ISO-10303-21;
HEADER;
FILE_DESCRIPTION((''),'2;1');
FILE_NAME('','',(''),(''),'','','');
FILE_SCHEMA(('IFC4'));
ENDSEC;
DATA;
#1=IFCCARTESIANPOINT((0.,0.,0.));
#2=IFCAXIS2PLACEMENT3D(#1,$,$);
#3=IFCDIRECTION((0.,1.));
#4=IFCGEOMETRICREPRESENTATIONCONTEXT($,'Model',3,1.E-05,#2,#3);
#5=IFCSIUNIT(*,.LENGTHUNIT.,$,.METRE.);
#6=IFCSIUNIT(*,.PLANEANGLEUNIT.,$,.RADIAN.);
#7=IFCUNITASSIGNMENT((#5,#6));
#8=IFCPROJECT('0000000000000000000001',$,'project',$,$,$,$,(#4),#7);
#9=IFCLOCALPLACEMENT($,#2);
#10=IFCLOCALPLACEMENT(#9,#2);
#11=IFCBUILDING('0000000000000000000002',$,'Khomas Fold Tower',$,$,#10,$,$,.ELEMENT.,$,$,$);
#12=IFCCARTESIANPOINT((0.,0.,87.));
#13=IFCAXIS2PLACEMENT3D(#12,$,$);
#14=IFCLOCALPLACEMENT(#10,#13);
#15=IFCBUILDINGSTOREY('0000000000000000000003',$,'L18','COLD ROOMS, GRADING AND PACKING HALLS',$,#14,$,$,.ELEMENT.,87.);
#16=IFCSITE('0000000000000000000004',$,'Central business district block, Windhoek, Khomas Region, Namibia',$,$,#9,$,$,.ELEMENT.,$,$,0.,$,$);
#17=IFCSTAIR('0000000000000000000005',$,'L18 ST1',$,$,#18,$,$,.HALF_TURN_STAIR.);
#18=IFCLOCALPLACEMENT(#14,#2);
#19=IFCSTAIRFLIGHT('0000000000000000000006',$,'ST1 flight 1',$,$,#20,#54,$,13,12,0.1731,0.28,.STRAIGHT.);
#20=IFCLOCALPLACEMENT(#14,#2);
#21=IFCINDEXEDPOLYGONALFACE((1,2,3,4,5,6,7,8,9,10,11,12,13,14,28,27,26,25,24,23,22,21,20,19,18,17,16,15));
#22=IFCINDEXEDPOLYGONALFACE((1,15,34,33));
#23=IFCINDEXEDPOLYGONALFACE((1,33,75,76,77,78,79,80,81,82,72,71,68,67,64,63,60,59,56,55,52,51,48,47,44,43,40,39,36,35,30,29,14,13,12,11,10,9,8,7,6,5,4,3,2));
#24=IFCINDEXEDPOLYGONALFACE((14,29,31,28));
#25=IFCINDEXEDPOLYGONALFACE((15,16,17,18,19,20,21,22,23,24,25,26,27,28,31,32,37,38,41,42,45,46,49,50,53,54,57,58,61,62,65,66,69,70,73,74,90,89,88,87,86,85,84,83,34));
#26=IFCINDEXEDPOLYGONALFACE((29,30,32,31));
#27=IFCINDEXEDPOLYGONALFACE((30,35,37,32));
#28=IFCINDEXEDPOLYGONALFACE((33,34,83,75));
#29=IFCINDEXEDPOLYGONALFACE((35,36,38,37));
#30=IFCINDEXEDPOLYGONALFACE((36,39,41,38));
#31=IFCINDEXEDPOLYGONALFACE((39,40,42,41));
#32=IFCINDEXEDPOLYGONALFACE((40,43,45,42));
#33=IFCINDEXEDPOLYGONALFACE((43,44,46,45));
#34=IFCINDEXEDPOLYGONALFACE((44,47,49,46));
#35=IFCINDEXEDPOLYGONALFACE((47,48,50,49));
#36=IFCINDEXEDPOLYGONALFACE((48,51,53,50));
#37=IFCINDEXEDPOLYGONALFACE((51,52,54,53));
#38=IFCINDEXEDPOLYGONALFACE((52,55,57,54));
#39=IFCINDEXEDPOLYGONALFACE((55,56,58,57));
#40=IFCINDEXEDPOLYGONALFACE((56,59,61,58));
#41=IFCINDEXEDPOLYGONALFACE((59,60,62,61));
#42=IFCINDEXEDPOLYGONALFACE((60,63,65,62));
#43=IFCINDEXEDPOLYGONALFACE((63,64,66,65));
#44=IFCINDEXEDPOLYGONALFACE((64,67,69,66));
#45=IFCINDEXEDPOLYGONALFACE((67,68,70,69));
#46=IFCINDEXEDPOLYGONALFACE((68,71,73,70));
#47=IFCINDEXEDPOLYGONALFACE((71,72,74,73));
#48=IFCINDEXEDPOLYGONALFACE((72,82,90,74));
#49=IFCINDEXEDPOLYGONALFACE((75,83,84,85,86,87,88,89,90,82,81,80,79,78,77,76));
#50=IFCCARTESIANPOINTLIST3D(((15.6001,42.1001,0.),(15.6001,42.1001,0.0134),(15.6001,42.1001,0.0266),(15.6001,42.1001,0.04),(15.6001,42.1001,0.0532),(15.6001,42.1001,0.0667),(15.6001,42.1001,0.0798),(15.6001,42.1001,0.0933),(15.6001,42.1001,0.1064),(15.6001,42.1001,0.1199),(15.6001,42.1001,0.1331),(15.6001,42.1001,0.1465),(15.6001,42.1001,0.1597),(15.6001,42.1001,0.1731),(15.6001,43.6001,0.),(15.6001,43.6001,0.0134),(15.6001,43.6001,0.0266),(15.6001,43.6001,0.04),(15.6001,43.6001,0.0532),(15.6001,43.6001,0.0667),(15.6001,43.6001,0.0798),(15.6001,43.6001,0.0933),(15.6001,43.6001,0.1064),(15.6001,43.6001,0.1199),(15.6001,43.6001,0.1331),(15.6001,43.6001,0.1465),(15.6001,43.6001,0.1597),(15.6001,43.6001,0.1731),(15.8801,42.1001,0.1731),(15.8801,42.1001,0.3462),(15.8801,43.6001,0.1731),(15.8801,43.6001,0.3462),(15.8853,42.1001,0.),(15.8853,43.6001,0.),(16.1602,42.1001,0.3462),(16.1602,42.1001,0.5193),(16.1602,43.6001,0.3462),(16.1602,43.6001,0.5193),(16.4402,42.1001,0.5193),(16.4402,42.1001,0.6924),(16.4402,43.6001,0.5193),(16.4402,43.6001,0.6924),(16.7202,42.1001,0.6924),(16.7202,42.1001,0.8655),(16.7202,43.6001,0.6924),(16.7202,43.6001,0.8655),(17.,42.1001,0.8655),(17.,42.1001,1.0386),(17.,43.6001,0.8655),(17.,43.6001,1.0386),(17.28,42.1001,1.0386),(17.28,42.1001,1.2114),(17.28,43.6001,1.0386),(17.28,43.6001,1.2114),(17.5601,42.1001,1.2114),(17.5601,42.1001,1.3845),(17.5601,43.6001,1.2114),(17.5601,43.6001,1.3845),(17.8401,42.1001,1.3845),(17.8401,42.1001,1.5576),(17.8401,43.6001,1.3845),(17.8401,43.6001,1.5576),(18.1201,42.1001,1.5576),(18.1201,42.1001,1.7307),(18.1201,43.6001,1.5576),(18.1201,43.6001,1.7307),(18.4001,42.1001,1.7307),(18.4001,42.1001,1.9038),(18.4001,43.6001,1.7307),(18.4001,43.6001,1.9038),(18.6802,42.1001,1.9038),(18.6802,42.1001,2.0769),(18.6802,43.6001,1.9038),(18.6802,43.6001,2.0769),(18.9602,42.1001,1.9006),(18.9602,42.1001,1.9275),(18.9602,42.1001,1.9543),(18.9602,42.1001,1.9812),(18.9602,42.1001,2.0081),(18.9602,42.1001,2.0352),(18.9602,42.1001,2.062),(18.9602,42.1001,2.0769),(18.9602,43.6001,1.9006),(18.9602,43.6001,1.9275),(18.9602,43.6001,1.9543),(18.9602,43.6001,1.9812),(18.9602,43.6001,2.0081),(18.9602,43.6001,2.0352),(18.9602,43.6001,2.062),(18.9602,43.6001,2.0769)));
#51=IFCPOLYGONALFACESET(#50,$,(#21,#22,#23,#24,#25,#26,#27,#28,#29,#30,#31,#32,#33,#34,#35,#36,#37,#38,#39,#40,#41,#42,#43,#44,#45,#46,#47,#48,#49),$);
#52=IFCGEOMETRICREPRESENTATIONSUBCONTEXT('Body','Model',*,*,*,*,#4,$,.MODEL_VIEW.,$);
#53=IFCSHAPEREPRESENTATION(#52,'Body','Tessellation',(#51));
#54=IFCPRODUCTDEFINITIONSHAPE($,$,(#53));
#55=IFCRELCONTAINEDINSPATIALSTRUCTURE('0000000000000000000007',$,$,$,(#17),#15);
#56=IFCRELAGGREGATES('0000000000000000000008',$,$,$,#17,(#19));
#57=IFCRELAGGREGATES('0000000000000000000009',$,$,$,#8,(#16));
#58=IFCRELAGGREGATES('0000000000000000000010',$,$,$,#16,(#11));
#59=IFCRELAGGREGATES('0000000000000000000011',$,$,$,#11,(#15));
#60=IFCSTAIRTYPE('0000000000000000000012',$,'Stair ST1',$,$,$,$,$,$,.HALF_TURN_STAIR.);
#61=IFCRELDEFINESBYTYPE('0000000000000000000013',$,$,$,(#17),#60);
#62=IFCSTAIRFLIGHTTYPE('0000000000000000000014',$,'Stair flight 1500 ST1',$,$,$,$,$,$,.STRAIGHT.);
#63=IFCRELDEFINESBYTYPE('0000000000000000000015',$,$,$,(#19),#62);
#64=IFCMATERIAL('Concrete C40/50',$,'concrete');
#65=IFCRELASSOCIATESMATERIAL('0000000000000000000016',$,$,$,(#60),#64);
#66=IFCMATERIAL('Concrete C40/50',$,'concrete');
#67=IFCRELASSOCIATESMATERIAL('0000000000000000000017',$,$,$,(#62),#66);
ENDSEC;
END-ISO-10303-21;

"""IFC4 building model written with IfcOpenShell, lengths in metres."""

from ifc_helpers import new_model, si_unit, direction, frame, origin, place, context, subcontext, project, spatial, polyline, outline, extrude, source, transform, mapped, material, type_object, element, aggregate, save


model = new_model("IFC4")

# Units and contexts
model_context = context("Model", 3, precision=1e-05, world=origin(), true_north=direction((0.0, 1.0)))
body_context = subcontext(model_context, "Body", "Model", "MODEL_VIEW")
ifc_project = project(units=[si_unit("LENGTHUNIT", "METRE"), si_unit("PLANEANGLEUNIT", "RADIAN")], contexts=[model_context])

# Site, building, storey
site_placement = place(None, origin())
site = spatial("IfcSite", under=ifc_project, at=site_placement, Name="Central business district block, Windhoek, Khomas Region, Namibia", CompositionType="ELEMENT", RefElevation=0.0)
building_placement = place(site_placement, origin())
building = spatial("IfcBuilding", under=site, at=building_placement, Name="Khomas Fold Tower", CompositionType="ELEMENT")
storey_placement = place(building_placement, frame((0.0, 0.0, 87.0)))
storey = spatial("IfcBuildingStorey", under=building, at=storey_placement, Name="L18", Description="COLD ROOMS, GRADING AND PACKING HALLS", CompositionType="ELEMENT", Elevation=87.0)

# Stair, stair flight
ifc_material_1 = material(Name="Concrete C40/50", Category="concrete")
stair_type = type_object("IfcStairType", Name="Stair ST1", PredefinedType="HALF_TURN_STAIR", material=ifc_material_1)
stair_placement = place(storey_placement, origin())
stair = element("IfcStair", 1, at=stair_placement, inside=storey, type_object=stair_type, Name="L18 ST1", PredefinedType="HALF_TURN_STAIR")
ifc_material_2 = material(Name="Concrete C40/50", Category="concrete")
stair_flight_type = type_object("IfcStairFlightType", Name="Stair flight 1500 ST1", PredefinedType="STRAIGHT", material=ifc_material_2)
shared_shape_1 = source(origin(), body_context, "Body", "SweptSolid", [
    extrude(outline(polyline([(0.0, 0.0), (0.0, 0.0134), (0.0, 0.0266), (0.0, 0.04), (0.0, 0.0532), (0.0, 0.0667), (0.0, 0.0798), (0.0, 0.0933), (0.0, 0.1064), (0.0, 0.1199), (0.0, 0.1331), (0.0, 0.1465), (0.0, 0.1597), (0.0, 0.1731), (0.28, 0.1731), (0.28, 0.3462), (0.5601, 0.3462), (0.5601, 0.5193), (0.8401, 0.5193), (0.8401, 0.6924), (1.1201, 0.6924), (1.1201, 0.8655), (1.3999, 0.8655), (1.3999, 1.0386), (1.6799, 1.0386), (1.6799, 1.2114), (1.96, 1.2114), (1.96, 1.3845), (2.24, 1.3845), (2.24, 1.5576), (2.52, 1.5576), (2.52, 1.7307), (2.8, 1.7307), (2.8, 1.9038), (3.0801, 1.9038), (3.0801, 2.0769), (3.3601, 2.0769), (3.3601, 2.25), (3.3601, 2.2231), (3.3601, 2.1963), (3.3601, 2.1694), (3.3601, 2.1426), (3.3601, 2.1157), (3.3601, 2.0889), (3.3601, 2.062), (3.3601, 2.0352), (3.3601, 2.0081), (3.3601, 1.9812), (3.3601, 1.9543), (3.3601, 1.9275), (3.3601, 1.9006), (0.2852, 0.0), (0.0, 0.0)])), frame((0.0, 0.75, 0.0), z_axis=(0.0, -1.0, 0.0), x_axis=(1.0, 0.0, 0.0)), (0.0, 0.0, 1.0), 1.5),
])
stair_flight_placement = place(storey_placement, frame((15.6001, 42.8501, 0.0), z_axis=(0.0, 0.0, 1.0), x_axis=(1.0, 0.0, 0.0)))
stair_flight = element("IfcStairFlight", 2, at=stair_flight_placement, type_object=stair_flight_type, Name="ST1 flight 1", NumberOfRisers=13, NumberOfTreads=12, PredefinedType="STRAIGHT", RiserHeight=0.1731, TreadLength=0.28, context=body_context, shape_type="MappedRepresentation", body=[
    mapped(shared_shape_1, transform((0.0, 0.0, 0.0))),
])
aggregate(stair, [stair_flight])

save(model, "model.ifc")
